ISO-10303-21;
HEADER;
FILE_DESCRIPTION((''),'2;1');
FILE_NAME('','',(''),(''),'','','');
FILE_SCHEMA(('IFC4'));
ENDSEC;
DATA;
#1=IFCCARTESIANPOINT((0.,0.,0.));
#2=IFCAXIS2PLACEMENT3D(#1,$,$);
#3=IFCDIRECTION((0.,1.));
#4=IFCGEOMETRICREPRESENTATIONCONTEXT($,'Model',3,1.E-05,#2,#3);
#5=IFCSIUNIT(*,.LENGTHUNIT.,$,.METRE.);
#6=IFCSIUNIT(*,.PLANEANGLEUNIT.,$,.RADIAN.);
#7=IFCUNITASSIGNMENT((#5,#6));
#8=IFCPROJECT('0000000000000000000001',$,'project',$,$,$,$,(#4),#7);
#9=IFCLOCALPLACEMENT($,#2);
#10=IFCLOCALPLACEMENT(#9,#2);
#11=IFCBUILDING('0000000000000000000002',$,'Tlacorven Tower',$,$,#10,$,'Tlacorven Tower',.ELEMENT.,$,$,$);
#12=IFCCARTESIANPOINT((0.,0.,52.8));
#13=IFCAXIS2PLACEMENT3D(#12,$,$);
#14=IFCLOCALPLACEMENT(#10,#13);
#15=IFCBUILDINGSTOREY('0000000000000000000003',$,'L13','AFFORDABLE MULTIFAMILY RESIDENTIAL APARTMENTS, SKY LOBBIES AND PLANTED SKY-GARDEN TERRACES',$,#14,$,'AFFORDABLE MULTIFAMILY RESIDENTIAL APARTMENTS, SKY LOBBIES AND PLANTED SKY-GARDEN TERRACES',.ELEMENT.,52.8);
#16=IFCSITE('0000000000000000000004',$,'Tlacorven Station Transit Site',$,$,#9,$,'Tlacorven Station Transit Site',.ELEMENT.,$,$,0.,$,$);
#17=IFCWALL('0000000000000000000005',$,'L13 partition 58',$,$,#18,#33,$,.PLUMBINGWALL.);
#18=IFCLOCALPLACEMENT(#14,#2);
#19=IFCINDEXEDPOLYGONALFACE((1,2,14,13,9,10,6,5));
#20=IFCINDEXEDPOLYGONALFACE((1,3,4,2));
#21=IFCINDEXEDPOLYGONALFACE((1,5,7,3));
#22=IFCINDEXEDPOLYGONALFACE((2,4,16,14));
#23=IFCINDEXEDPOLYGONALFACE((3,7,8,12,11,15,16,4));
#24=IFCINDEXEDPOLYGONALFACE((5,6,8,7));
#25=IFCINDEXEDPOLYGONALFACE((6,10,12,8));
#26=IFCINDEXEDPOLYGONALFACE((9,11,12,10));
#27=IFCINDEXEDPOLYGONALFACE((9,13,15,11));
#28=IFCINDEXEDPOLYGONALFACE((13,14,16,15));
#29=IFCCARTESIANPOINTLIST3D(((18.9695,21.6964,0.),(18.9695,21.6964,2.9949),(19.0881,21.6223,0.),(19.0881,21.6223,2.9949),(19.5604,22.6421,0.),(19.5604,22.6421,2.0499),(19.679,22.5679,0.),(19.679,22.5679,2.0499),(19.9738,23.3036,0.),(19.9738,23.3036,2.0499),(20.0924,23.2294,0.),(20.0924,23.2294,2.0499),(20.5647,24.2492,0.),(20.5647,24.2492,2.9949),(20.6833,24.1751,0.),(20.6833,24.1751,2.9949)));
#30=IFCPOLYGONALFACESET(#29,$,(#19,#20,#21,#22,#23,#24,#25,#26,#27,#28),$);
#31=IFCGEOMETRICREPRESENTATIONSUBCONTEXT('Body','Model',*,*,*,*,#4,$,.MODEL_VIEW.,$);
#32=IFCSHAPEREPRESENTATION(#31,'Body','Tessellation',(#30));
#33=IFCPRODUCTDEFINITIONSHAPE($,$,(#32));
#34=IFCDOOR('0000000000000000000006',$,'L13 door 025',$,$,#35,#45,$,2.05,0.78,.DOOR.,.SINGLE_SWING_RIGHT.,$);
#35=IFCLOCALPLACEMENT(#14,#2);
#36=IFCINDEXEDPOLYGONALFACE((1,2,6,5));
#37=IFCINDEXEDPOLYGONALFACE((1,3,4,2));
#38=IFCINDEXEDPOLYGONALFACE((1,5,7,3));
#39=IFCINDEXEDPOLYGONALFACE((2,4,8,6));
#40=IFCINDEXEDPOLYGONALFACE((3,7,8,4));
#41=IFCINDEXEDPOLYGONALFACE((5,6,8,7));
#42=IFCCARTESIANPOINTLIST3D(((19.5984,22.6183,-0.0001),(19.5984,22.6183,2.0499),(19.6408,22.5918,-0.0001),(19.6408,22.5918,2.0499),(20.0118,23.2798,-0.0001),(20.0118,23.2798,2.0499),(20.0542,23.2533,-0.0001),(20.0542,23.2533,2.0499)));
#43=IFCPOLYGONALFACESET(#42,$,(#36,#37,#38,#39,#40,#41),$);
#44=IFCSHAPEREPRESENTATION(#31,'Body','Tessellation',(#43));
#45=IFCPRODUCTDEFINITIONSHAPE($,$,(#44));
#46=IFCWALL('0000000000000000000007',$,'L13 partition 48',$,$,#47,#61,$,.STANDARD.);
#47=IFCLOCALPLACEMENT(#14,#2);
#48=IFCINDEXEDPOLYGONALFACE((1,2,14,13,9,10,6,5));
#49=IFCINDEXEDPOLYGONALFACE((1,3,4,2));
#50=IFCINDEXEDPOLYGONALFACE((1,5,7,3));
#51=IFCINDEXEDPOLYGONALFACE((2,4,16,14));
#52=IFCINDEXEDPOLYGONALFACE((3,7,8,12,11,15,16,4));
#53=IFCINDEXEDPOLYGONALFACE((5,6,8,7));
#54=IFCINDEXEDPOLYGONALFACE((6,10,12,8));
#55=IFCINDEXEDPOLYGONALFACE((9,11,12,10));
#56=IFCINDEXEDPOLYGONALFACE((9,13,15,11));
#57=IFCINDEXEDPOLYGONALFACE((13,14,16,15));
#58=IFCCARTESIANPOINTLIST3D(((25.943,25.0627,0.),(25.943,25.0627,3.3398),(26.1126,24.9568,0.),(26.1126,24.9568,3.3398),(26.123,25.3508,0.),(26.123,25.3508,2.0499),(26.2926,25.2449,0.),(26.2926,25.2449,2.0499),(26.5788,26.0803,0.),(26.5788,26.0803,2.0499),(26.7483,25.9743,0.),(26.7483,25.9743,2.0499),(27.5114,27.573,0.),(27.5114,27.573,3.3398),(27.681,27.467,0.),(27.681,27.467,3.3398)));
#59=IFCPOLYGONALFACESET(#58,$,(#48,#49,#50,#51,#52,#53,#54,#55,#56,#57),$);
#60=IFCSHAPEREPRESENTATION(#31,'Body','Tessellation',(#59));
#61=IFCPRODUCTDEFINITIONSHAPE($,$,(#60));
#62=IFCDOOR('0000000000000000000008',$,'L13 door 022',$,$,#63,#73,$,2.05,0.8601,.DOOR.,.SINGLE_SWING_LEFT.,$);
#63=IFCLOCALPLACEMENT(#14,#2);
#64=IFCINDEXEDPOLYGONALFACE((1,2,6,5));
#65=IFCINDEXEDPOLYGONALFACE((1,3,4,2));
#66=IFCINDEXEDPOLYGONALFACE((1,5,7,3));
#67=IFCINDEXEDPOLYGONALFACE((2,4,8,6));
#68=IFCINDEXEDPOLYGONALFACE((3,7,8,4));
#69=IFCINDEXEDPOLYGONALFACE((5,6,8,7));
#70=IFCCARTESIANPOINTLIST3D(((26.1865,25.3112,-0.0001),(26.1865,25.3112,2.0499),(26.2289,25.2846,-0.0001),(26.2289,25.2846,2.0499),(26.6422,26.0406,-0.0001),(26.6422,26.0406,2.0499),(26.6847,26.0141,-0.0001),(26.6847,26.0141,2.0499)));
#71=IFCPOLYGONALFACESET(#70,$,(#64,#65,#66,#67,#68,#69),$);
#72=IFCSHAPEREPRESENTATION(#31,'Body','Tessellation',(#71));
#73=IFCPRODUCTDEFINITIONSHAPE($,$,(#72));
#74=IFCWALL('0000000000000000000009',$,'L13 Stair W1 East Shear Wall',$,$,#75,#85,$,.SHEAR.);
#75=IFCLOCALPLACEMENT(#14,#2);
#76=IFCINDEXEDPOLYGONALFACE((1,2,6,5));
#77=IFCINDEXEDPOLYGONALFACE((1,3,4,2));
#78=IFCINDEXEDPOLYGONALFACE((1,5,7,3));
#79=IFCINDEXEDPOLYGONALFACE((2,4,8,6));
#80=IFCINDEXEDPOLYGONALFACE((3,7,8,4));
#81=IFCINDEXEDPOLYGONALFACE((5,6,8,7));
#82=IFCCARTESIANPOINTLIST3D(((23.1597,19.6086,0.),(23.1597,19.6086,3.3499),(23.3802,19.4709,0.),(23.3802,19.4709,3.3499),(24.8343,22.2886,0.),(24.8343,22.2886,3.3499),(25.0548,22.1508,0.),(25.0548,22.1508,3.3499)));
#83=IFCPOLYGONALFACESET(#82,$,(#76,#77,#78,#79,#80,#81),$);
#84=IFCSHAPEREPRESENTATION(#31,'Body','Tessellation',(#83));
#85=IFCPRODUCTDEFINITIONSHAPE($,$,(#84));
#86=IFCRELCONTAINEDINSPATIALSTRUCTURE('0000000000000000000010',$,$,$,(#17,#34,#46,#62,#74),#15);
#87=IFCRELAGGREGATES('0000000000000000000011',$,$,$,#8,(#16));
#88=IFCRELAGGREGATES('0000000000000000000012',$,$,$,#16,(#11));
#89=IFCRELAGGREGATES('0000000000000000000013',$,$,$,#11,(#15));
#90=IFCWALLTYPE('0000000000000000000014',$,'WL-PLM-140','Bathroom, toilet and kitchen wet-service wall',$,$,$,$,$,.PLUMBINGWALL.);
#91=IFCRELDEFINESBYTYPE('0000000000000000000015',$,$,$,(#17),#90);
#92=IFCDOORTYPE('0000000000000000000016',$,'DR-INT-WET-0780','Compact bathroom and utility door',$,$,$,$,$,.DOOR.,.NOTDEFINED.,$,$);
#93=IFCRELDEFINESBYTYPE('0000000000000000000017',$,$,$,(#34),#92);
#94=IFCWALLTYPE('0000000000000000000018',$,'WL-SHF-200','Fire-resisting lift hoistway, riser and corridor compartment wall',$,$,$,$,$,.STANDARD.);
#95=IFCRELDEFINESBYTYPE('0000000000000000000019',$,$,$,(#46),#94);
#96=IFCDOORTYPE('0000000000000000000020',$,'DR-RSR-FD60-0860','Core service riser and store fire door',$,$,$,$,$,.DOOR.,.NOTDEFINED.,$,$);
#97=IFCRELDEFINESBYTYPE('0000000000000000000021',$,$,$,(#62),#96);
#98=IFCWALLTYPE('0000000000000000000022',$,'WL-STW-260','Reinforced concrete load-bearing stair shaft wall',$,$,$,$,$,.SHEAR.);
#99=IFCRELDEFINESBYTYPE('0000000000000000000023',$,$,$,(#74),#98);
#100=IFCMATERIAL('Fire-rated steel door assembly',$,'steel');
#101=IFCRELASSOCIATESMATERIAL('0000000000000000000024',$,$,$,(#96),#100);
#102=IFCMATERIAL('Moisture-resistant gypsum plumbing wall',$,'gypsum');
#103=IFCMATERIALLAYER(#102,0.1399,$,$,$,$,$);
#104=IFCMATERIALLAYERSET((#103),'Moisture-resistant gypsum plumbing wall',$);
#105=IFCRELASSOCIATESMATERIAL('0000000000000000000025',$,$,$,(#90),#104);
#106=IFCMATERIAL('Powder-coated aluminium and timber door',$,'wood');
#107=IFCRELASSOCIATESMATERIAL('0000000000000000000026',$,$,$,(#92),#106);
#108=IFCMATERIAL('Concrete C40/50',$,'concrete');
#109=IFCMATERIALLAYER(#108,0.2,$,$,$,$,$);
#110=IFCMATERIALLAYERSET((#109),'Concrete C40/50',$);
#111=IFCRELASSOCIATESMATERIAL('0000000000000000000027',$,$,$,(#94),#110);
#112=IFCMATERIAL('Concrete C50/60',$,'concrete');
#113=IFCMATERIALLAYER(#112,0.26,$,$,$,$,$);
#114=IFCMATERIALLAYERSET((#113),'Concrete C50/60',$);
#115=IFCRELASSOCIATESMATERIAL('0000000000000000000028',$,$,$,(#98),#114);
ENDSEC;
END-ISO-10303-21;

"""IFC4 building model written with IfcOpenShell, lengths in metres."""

from ifc_helpers import new_model, si_unit, direction, frame, frame_2d, origin, place, context, subcontext, project, spatial, rectangle, extrude, source, transform, mapped, material, layer, layer_set, type_object, element, fill, save


model = new_model("IFC4")

# Units and contexts
model_context = context("Model", 3, precision=1e-05, world=origin(), true_north=direction((0.0, 1.0)))
body_context = subcontext(model_context, "Body", "Model", "MODEL_VIEW")
ifc_project = project(units=[si_unit("LENGTHUNIT", "METRE"), si_unit("PLANEANGLEUNIT", "RADIAN")], contexts=[model_context])

# Site, building, storey
site_placement = place(None, origin())
site = spatial("IfcSite", under=ifc_project, at=site_placement, Name="Tlacorven Station Transit Site", LongName="Tlacorven Station Transit Site", CompositionType="ELEMENT", RefElevation=0.0)
building_placement = place(site_placement, origin())
building = spatial("IfcBuilding", under=site, at=building_placement, Name="Tlacorven Tower", LongName="Tlacorven Tower", CompositionType="ELEMENT")
storey_placement = place(building_placement, frame((0.0, 0.0, 52.8)))
storey = spatial("IfcBuildingStorey", under=building, at=storey_placement, Name="L13", Description="AFFORDABLE MULTIFAMILY RESIDENTIAL APARTMENTS, SKY LOBBIES AND PLANTED SKY-GARDEN TERRACES", LongName="AFFORDABLE MULTIFAMILY RESIDENTIAL APARTMENTS, SKY LOBBIES AND PLANTED SKY-GARDEN TERRACES", CompositionType="ELEMENT", Elevation=52.8)

# Shared definitions
ifc_material_1 = material(Name="Fire-rated steel door assembly", Category="steel")
door_type_1 = type_object("IfcDoorType", Name="DR-RSR-FD60-0860", Description="Core service riser and store fire door", OperationType="NOTDEFINED", PredefinedType="DOOR", material=ifc_material_1)
shared_shape_1 = source(origin(), body_context, "Body", "SweptSolid", [
    extrude(rectangle(XDim=0.8601, YDim=2.05, at=frame_2d((0.4302, 1.0249))), frame((0.0, 0.0249, 0.0), z_axis=(0.0, -1.0, 0.0), x_axis=(1.0, 0.0, 0.0)), (0.0, 0.0, 1.0), 0.05),
])

# Walls, openings, doors
ifc_material_2 = material(Name="Moisture-resistant gypsum plumbing wall", Category="gypsum")
ifc_layer_1 = layer(ifc_material_2, 0.1399)
ifc_layer_set_1 = layer_set([ifc_layer_1], Name="Moisture-resistant gypsum plumbing wall")
wall_type_1 = type_object("IfcWallType", Name="WL-PLM-140", Description="Bathroom, toilet and kitchen wet-service wall", PredefinedType="PLUMBINGWALL", material=ifc_layer_set_1)
wall_1_placement = place(storey_placement, frame((20.624, 24.2122, 0.0), z_axis=(0.0, 0.0, 1.0), x_axis=(-0.529941, -0.848035, 0.0)))
wall_1 = element("IfcWall", 1, at=wall_1_placement, inside=storey, type_object=wall_type_1, Name="L13 partition 58", PredefinedType="PLUMBINGWALL", context=body_context, shape_type="SweptSolid", body=[
    extrude(rectangle(XDim=3.0103, YDim=0.1399, at=frame_2d((1.5051, 0.0))), origin(), (0.0, 0.0, 1.0), 2.9949),
])
opening_1_placement = place(wall_1_placement, frame((1.115, 0.0, 0.0)))
opening_1 = element("IfcOpeningElement", 2, at=opening_1_placement, cuts=wall_1, PredefinedType="OPENING", context=body_context, shape_type="SweptSolid", body=[
    extrude(rectangle(XDim=0.78, YDim=2.05, at=frame_2d((0.3901, 1.0249))), frame((0.0, 0.0801, 0.0), z_axis=(0.0, -1.0, 0.0), x_axis=(1.0, 0.0, 0.0)), (0.0, 0.0, 1.0), 0.1599),
])
ifc_material_3 = material(Name="Powder-coated aluminium and timber door", Category="wood")
door_type_2 = type_object("IfcDoorType", Name="DR-INT-WET-0780", Description="Compact bathroom and utility door", OperationType="NOTDEFINED", PredefinedType="DOOR", material=ifc_material_3)
shared_shape_2 = source(origin(), body_context, "Body", "SweptSolid", [
    extrude(rectangle(XDim=0.78, YDim=2.05, at=frame_2d((0.3901, 1.0249))), frame((0.0, 0.0249, 0.0), z_axis=(0.0, -1.0, 0.0), x_axis=(1.0, 0.0, 0.0)), (0.0, 0.0, 1.0), 0.05),
])
door_1_placement = place(opening_1_placement, origin())
door_1 = element("IfcDoor", 3, at=door_1_placement, inside=storey, type_object=door_type_2, Name="L13 door 025", OperationType="SINGLE_SWING_RIGHT", OverallHeight=2.05, OverallWidth=0.78, PredefinedType="DOOR", context=body_context, shape_type="MappedRepresentation", body=[
    mapped(shared_shape_2, transform((0.0, 0.0, 0.0), scale=1.0)),
])
fill(opening_1, door_1)
ifc_material_4 = material(Name="Concrete C40/50", Category="concrete")
ifc_layer_2 = layer(ifc_material_4, 0.2)
ifc_layer_set_2 = layer_set([ifc_layer_2], Name="Concrete C40/50")
wall_type_2 = type_object("IfcWallType", Name="WL-SHF-200", Description="Fire-resisting lift hoistway, riser and corridor compartment wall", PredefinedType="STANDARD", material=ifc_layer_set_2)
wall_2_placement = place(storey_placement, frame((27.5962, 27.52, 0.0), z_axis=(0.0, 0.0, 1.0), x_axis=(-0.529865, -0.848082, 0.0)))
wall_2 = element("IfcWall", 4, at=wall_2_placement, inside=storey, type_object=wall_type_2, Name="L13 partition 48", PredefinedType="STANDARD", context=body_context, shape_type="SweptSolid", body=[
    extrude(rectangle(XDim=2.96, YDim=0.2, at=frame_2d((1.48, 0.0))), origin(), (0.0, 0.0, 1.0), 3.3398),
])
opening_2_placement = place(wall_2_placement, frame((1.76, 0.0, 0.0)))
opening_2 = element("IfcOpeningElement", 5, at=opening_2_placement, cuts=wall_2, PredefinedType="OPENING", context=body_context, shape_type="SweptSolid", body=[
    extrude(rectangle(XDim=0.8601, YDim=2.05, at=frame_2d((0.4302, 1.0249))), frame((0.0, 0.1099, 0.0), z_axis=(0.0, -1.0, 0.0), x_axis=(1.0, 0.0, 0.0)), (0.0, 0.0, 1.0), 0.22),
])
door_2_placement = place(opening_2_placement, origin())
door_2 = element("IfcDoor", 6, at=door_2_placement, inside=storey, type_object=door_type_1, Name="L13 door 022", OperationType="SINGLE_SWING_LEFT", OverallHeight=2.05, OverallWidth=0.8601, PredefinedType="DOOR", context=body_context, shape_type="MappedRepresentation", body=[
    mapped(shared_shape_1, transform((0.0, 0.0, 0.0), scale=1.0)),
])
fill(opening_2, door_2)

# Wall
ifc_material_5 = material(Name="Concrete C50/60", Category="concrete")
ifc_layer_3 = layer(ifc_material_5, 0.26)
ifc_layer_set_3 = layer_set([ifc_layer_3], Name="Concrete C50/60")
wall_type_3 = type_object("IfcWallType", Name="WL-STW-260", Description="Reinforced concrete load-bearing stair shaft wall", PredefinedType="SHEAR", material=ifc_layer_set_3)
wall_3_placement = place(storey_placement, frame((24.9446, 22.2197, 0.0), z_axis=(0.0, 0.0, 1.0), x_axis=(-0.529909, -0.848055, 0.0)))
element("IfcWall", 7, at=wall_3_placement, inside=storey, type_object=wall_type_3, Name="L13 Stair W1 East Shear Wall", PredefinedType="SHEAR", context=body_context, shape_type="SweptSolid", body=[
    extrude(rectangle(XDim=3.1602, YDim=0.26, at=frame_2d((1.5801, 0.0))), origin(), (0.0, 0.0, 1.0), 3.3499),
])

save(model, "model.ifc")
